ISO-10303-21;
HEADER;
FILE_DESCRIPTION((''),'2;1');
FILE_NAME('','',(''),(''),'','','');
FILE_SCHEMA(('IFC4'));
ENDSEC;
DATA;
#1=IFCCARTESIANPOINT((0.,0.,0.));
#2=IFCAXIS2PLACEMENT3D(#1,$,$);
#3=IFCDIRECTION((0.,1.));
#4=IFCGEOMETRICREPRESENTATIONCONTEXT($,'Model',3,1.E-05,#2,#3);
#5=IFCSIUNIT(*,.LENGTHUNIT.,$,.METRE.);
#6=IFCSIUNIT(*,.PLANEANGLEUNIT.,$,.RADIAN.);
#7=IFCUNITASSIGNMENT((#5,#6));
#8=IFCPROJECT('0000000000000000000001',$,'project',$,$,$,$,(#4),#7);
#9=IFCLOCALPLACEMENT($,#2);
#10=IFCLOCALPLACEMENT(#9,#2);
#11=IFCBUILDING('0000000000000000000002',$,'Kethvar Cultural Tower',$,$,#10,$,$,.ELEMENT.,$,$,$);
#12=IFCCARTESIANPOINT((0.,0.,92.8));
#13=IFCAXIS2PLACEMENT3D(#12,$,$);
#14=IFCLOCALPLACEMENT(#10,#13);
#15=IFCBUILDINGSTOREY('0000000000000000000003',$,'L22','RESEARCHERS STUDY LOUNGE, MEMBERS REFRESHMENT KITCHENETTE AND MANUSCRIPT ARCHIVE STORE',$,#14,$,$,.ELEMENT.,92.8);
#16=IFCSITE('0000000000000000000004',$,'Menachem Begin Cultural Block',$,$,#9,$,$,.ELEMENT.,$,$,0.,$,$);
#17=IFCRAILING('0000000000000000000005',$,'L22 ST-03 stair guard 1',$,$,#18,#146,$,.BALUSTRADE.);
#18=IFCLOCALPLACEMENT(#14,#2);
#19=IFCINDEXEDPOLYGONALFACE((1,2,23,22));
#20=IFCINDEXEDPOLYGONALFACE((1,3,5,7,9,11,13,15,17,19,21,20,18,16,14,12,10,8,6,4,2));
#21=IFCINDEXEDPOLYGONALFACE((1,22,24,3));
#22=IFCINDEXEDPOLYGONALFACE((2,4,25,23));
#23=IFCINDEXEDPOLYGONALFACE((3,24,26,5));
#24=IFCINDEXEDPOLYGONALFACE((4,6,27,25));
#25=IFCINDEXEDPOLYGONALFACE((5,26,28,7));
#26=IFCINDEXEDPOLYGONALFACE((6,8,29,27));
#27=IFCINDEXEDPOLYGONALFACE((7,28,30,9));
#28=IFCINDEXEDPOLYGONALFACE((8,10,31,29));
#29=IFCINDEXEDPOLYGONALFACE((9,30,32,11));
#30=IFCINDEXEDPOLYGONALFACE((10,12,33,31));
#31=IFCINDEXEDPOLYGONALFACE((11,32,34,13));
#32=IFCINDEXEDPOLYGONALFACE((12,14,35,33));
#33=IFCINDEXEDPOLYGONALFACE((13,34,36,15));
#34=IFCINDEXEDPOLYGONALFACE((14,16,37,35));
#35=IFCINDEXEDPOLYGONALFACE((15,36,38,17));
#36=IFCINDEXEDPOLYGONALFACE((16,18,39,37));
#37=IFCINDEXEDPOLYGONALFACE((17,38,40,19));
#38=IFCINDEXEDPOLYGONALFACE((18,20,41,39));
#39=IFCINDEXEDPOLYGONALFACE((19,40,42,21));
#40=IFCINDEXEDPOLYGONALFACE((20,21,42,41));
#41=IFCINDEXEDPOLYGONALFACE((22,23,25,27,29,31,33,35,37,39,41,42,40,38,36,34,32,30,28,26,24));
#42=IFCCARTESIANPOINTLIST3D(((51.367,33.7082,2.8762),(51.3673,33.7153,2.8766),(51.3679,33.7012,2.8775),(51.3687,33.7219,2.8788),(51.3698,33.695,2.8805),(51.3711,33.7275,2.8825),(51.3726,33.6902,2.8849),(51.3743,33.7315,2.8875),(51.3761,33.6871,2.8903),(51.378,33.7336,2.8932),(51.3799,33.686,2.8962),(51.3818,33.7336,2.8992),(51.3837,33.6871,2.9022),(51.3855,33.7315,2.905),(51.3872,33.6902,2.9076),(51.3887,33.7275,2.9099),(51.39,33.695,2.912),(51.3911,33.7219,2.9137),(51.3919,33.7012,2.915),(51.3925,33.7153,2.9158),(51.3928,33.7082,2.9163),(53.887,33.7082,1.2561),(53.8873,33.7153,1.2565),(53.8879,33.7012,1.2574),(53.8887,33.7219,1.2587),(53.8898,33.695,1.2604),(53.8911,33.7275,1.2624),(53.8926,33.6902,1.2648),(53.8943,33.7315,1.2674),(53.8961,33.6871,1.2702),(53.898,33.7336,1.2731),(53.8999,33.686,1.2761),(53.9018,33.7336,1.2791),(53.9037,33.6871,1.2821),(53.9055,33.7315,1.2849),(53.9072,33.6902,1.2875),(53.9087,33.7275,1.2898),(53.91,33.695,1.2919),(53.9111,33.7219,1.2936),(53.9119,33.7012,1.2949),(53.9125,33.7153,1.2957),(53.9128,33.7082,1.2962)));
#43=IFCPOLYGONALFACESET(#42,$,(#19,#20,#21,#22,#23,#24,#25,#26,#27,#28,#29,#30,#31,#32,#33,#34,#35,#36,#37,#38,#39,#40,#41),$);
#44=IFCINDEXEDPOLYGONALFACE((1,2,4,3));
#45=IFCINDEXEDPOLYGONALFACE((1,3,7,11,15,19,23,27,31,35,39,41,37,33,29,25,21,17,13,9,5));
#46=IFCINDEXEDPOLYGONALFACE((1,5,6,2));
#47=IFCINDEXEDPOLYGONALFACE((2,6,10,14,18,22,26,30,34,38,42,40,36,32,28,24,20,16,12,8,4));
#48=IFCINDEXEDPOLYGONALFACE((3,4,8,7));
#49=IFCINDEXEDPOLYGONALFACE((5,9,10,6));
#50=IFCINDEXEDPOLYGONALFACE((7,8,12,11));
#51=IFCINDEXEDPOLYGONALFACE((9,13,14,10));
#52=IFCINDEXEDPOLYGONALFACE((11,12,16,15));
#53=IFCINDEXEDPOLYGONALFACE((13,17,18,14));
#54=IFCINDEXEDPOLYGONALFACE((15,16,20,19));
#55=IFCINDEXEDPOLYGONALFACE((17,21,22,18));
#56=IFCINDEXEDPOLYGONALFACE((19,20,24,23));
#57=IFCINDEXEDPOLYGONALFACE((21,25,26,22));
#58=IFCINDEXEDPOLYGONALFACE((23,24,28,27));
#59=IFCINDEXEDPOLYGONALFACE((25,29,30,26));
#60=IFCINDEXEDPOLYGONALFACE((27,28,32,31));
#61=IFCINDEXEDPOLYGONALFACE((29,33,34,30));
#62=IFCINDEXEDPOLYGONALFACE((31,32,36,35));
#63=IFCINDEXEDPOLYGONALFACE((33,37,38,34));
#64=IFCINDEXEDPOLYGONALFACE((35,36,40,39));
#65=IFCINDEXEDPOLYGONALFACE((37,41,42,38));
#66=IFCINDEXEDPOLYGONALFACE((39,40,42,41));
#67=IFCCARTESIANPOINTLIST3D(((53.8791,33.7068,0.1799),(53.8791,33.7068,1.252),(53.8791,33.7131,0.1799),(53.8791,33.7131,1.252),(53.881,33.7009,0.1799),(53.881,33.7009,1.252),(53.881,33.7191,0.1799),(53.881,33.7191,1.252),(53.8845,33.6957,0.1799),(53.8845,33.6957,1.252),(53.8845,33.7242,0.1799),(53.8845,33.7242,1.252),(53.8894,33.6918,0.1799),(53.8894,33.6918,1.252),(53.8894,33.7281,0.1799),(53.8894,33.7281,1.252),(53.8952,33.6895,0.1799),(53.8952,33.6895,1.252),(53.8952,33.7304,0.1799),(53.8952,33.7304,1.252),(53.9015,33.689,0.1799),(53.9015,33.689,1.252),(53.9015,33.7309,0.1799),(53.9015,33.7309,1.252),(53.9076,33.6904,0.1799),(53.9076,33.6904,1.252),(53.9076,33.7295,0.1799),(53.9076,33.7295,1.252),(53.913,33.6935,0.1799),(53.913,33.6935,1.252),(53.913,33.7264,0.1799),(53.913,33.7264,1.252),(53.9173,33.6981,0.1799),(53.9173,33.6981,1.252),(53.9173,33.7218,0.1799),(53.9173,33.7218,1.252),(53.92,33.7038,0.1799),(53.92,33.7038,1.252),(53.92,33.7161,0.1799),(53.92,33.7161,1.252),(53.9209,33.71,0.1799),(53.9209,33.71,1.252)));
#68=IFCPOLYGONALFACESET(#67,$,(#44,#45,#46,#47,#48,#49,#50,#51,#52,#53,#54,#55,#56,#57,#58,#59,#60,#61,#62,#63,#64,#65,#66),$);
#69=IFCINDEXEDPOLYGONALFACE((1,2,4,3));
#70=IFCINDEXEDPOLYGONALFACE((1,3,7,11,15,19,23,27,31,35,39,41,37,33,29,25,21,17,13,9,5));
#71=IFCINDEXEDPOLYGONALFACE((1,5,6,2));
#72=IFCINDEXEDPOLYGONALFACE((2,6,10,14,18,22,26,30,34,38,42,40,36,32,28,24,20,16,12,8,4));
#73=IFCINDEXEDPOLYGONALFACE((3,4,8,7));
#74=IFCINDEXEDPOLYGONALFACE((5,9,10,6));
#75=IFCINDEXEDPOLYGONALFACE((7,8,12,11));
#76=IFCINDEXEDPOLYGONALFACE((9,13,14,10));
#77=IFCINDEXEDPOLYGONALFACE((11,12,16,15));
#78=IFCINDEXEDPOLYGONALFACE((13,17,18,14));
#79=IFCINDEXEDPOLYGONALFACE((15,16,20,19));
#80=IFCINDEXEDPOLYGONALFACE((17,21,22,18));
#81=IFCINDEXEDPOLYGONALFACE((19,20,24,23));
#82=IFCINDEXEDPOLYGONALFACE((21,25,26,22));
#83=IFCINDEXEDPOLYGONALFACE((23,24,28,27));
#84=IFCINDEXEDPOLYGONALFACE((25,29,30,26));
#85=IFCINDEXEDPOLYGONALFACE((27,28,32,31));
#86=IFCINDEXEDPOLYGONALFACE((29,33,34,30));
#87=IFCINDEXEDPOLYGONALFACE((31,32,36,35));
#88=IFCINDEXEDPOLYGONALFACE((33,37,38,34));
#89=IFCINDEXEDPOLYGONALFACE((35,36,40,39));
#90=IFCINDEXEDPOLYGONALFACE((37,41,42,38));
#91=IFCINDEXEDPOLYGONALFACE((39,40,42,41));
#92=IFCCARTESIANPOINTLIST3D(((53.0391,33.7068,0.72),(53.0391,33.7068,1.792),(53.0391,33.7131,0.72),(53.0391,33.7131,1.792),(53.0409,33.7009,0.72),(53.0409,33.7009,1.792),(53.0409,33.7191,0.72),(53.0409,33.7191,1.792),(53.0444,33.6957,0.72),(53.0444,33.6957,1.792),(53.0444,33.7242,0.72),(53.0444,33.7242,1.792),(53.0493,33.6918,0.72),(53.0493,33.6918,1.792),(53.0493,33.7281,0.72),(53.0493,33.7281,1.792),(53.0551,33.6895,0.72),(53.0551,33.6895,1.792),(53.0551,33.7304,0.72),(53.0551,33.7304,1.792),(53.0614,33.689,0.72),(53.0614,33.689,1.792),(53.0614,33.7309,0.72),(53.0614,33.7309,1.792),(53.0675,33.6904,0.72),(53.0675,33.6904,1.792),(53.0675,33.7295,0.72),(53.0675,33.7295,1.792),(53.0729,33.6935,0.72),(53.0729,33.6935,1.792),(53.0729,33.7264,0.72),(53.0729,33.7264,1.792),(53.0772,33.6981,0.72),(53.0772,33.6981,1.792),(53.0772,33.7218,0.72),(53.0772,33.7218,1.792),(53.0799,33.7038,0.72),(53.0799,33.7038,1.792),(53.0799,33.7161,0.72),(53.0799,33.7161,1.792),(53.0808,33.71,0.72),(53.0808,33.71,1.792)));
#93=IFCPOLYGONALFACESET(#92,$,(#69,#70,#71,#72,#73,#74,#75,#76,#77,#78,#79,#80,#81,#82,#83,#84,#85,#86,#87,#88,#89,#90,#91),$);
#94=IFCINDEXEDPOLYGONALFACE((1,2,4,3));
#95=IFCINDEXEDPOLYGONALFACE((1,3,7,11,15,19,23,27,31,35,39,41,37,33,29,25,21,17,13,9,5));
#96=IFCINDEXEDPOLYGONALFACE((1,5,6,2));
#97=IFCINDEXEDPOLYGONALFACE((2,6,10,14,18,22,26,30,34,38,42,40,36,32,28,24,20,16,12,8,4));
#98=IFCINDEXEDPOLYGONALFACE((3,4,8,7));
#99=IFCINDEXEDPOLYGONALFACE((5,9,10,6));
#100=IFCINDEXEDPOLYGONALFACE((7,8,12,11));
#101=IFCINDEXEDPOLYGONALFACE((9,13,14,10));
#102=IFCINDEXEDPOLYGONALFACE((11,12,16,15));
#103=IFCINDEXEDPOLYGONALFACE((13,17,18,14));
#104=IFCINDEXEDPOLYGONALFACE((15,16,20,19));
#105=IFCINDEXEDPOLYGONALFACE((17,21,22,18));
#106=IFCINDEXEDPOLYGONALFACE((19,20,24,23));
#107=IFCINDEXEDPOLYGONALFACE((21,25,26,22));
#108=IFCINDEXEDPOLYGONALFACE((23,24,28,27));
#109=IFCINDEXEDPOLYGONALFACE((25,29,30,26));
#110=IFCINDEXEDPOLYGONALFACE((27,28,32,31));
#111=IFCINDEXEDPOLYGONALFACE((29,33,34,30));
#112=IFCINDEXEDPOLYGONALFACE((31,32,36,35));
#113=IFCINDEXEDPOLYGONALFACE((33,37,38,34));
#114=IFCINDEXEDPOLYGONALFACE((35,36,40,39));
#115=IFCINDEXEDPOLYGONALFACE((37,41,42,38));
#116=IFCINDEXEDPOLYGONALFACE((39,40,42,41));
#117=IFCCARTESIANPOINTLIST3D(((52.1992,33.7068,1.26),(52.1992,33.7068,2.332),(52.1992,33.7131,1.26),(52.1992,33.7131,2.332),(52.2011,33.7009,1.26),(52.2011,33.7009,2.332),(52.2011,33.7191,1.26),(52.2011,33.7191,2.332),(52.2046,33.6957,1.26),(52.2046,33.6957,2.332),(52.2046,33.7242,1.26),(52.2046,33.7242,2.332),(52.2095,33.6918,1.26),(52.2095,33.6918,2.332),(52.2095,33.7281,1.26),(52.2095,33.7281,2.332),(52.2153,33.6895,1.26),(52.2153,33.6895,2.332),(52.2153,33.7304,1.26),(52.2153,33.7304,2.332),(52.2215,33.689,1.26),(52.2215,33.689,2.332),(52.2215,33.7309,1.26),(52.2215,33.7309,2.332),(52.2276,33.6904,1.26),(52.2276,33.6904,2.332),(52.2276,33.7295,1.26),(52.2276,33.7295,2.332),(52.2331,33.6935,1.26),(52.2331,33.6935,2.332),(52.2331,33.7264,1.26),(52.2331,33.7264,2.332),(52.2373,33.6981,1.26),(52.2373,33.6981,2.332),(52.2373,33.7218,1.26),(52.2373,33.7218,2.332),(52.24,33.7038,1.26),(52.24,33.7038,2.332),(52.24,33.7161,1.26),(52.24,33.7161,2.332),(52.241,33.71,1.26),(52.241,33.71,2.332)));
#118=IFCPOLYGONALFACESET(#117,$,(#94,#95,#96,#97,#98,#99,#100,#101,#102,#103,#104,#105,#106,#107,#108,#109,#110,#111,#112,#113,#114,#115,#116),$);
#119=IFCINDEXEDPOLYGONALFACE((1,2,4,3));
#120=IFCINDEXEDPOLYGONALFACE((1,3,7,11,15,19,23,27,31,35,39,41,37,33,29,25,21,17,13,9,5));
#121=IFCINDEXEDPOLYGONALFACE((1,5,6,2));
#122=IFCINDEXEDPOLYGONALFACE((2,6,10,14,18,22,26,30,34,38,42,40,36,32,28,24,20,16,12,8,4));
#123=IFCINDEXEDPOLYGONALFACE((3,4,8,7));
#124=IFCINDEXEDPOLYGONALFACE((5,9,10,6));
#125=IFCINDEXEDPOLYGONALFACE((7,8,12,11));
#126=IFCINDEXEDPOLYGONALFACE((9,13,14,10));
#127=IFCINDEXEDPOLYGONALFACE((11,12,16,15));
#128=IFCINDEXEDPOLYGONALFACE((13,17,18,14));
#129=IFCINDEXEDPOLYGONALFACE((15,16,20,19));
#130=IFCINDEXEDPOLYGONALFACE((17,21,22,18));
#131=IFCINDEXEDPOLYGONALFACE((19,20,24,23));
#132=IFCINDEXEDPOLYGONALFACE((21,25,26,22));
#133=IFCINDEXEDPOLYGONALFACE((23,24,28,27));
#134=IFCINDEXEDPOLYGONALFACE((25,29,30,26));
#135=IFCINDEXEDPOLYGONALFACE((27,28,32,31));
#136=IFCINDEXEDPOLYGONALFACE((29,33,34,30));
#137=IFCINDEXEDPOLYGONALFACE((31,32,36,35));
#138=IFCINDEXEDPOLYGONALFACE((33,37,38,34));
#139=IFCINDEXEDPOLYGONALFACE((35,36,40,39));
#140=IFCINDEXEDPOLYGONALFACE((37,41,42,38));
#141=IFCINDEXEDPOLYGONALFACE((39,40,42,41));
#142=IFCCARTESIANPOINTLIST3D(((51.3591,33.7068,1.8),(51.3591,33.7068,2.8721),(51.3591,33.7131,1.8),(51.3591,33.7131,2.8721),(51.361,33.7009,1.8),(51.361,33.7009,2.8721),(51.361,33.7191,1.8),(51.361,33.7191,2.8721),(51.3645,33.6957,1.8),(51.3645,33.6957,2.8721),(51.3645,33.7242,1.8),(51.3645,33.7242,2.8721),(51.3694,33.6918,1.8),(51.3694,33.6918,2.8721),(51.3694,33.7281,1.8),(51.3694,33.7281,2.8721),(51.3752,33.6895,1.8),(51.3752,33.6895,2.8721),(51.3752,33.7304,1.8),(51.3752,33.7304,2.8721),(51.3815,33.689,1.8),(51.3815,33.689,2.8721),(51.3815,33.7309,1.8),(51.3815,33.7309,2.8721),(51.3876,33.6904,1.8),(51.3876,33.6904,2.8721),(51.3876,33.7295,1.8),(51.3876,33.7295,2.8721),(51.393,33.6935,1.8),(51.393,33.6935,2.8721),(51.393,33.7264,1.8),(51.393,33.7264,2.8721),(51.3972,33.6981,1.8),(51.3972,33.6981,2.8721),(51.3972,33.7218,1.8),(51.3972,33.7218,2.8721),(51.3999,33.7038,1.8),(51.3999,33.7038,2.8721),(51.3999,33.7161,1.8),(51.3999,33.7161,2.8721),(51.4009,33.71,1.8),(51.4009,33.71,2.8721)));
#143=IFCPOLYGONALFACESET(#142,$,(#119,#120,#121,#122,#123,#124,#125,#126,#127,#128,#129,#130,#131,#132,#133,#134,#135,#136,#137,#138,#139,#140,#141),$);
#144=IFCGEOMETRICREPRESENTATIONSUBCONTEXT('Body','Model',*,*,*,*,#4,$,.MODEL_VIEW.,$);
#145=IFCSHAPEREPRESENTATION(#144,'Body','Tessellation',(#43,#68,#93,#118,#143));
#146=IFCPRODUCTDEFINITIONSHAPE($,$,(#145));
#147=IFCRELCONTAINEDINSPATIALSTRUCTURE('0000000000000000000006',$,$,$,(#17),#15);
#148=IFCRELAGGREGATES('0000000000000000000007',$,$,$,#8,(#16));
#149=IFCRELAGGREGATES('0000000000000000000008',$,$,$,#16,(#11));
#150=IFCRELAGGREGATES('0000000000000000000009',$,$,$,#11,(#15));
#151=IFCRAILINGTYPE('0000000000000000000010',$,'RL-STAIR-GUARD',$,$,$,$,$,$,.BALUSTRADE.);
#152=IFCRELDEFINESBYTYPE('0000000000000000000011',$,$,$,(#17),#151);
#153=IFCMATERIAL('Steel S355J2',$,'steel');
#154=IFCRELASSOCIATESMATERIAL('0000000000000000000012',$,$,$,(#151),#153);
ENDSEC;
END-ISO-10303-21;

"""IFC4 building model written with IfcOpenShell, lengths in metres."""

from ifc_helpers import new_model, si_unit, direction, frame, origin, origin_2d, place, context, subcontext, project, spatial, circle, extrude, material, type_object, element, save


model = new_model("IFC4")

# Units and contexts
model_context = context("Model", 3, precision=1e-05, world=origin(), true_north=direction((0.0, 1.0)))
body_context = subcontext(model_context, "Body", "Model", "MODEL_VIEW")
ifc_project = project(units=[si_unit("LENGTHUNIT", "METRE"), si_unit("PLANEANGLEUNIT", "RADIAN")], contexts=[model_context])

# Site, building, storey
site_placement = place(None, origin())
site = spatial("IfcSite", under=ifc_project, at=site_placement, Name="Menachem Begin Cultural Block", CompositionType="ELEMENT", RefElevation=0.0)
building_placement = place(site_placement, origin())
building = spatial("IfcBuilding", under=site, at=building_placement, Name="Kethvar Cultural Tower", CompositionType="ELEMENT")
storey_placement = place(building_placement, frame((0.0, 0.0, 92.8)))
storey = spatial("IfcBuildingStorey", under=building, at=storey_placement, Name="L22", Description="RESEARCHERS STUDY LOUNGE, MEMBERS REFRESHMENT KITCHENETTE AND MANUSCRIPT ARCHIVE STORE", CompositionType="ELEMENT", Elevation=92.8)

# Shared definitions
ifc_material_1 = material(Name="Steel S355J2", Category="steel")

# Railing
railing_type_1 = type_object("IfcRailingType", Name="RL-STAIR-GUARD", PredefinedType="BALUSTRADE", material=ifc_material_1)
railing_1_placement = place(storey_placement, frame((53.8999, 33.71, 0.1799)))
element("IfcRailing", 1, at=railing_1_placement, inside=storey, type_object=railing_type_1, Name="L22 ST-03 stair guard 1", PredefinedType="BALUSTRADE", context=body_context, shape_type="SweptSolid", body=[
    extrude(circle(Radius=0.0239, at=origin_2d()), frame((0.0, 0.0, 1.0962), z_axis=(-0.841163, 0.0, 0.540782), x_axis=(0.0, -1.0, 0.0)), (0.0, 0.0, 1.0), 2.9958),
    extrude(circle(Radius=0.021, at=origin_2d()), origin(), (0.0, 0.0, 1.0), 1.072),
    extrude(circle(Radius=0.021, at=origin_2d()), frame((-0.8401, 0.0, 0.54)), (0.0, 0.0, 1.0), 1.072),
    extrude(circle(Radius=0.021, at=origin_2d()), frame((-1.6799, 0.0, 1.0801)), (0.0, 0.0, 1.0), 1.072),
    extrude(circle(Radius=0.021, at=origin_2d()), frame((-2.52, 0.0, 1.6201)), (0.0, 0.0, 1.0), 1.072),
])

save(model, "model.ifc")
